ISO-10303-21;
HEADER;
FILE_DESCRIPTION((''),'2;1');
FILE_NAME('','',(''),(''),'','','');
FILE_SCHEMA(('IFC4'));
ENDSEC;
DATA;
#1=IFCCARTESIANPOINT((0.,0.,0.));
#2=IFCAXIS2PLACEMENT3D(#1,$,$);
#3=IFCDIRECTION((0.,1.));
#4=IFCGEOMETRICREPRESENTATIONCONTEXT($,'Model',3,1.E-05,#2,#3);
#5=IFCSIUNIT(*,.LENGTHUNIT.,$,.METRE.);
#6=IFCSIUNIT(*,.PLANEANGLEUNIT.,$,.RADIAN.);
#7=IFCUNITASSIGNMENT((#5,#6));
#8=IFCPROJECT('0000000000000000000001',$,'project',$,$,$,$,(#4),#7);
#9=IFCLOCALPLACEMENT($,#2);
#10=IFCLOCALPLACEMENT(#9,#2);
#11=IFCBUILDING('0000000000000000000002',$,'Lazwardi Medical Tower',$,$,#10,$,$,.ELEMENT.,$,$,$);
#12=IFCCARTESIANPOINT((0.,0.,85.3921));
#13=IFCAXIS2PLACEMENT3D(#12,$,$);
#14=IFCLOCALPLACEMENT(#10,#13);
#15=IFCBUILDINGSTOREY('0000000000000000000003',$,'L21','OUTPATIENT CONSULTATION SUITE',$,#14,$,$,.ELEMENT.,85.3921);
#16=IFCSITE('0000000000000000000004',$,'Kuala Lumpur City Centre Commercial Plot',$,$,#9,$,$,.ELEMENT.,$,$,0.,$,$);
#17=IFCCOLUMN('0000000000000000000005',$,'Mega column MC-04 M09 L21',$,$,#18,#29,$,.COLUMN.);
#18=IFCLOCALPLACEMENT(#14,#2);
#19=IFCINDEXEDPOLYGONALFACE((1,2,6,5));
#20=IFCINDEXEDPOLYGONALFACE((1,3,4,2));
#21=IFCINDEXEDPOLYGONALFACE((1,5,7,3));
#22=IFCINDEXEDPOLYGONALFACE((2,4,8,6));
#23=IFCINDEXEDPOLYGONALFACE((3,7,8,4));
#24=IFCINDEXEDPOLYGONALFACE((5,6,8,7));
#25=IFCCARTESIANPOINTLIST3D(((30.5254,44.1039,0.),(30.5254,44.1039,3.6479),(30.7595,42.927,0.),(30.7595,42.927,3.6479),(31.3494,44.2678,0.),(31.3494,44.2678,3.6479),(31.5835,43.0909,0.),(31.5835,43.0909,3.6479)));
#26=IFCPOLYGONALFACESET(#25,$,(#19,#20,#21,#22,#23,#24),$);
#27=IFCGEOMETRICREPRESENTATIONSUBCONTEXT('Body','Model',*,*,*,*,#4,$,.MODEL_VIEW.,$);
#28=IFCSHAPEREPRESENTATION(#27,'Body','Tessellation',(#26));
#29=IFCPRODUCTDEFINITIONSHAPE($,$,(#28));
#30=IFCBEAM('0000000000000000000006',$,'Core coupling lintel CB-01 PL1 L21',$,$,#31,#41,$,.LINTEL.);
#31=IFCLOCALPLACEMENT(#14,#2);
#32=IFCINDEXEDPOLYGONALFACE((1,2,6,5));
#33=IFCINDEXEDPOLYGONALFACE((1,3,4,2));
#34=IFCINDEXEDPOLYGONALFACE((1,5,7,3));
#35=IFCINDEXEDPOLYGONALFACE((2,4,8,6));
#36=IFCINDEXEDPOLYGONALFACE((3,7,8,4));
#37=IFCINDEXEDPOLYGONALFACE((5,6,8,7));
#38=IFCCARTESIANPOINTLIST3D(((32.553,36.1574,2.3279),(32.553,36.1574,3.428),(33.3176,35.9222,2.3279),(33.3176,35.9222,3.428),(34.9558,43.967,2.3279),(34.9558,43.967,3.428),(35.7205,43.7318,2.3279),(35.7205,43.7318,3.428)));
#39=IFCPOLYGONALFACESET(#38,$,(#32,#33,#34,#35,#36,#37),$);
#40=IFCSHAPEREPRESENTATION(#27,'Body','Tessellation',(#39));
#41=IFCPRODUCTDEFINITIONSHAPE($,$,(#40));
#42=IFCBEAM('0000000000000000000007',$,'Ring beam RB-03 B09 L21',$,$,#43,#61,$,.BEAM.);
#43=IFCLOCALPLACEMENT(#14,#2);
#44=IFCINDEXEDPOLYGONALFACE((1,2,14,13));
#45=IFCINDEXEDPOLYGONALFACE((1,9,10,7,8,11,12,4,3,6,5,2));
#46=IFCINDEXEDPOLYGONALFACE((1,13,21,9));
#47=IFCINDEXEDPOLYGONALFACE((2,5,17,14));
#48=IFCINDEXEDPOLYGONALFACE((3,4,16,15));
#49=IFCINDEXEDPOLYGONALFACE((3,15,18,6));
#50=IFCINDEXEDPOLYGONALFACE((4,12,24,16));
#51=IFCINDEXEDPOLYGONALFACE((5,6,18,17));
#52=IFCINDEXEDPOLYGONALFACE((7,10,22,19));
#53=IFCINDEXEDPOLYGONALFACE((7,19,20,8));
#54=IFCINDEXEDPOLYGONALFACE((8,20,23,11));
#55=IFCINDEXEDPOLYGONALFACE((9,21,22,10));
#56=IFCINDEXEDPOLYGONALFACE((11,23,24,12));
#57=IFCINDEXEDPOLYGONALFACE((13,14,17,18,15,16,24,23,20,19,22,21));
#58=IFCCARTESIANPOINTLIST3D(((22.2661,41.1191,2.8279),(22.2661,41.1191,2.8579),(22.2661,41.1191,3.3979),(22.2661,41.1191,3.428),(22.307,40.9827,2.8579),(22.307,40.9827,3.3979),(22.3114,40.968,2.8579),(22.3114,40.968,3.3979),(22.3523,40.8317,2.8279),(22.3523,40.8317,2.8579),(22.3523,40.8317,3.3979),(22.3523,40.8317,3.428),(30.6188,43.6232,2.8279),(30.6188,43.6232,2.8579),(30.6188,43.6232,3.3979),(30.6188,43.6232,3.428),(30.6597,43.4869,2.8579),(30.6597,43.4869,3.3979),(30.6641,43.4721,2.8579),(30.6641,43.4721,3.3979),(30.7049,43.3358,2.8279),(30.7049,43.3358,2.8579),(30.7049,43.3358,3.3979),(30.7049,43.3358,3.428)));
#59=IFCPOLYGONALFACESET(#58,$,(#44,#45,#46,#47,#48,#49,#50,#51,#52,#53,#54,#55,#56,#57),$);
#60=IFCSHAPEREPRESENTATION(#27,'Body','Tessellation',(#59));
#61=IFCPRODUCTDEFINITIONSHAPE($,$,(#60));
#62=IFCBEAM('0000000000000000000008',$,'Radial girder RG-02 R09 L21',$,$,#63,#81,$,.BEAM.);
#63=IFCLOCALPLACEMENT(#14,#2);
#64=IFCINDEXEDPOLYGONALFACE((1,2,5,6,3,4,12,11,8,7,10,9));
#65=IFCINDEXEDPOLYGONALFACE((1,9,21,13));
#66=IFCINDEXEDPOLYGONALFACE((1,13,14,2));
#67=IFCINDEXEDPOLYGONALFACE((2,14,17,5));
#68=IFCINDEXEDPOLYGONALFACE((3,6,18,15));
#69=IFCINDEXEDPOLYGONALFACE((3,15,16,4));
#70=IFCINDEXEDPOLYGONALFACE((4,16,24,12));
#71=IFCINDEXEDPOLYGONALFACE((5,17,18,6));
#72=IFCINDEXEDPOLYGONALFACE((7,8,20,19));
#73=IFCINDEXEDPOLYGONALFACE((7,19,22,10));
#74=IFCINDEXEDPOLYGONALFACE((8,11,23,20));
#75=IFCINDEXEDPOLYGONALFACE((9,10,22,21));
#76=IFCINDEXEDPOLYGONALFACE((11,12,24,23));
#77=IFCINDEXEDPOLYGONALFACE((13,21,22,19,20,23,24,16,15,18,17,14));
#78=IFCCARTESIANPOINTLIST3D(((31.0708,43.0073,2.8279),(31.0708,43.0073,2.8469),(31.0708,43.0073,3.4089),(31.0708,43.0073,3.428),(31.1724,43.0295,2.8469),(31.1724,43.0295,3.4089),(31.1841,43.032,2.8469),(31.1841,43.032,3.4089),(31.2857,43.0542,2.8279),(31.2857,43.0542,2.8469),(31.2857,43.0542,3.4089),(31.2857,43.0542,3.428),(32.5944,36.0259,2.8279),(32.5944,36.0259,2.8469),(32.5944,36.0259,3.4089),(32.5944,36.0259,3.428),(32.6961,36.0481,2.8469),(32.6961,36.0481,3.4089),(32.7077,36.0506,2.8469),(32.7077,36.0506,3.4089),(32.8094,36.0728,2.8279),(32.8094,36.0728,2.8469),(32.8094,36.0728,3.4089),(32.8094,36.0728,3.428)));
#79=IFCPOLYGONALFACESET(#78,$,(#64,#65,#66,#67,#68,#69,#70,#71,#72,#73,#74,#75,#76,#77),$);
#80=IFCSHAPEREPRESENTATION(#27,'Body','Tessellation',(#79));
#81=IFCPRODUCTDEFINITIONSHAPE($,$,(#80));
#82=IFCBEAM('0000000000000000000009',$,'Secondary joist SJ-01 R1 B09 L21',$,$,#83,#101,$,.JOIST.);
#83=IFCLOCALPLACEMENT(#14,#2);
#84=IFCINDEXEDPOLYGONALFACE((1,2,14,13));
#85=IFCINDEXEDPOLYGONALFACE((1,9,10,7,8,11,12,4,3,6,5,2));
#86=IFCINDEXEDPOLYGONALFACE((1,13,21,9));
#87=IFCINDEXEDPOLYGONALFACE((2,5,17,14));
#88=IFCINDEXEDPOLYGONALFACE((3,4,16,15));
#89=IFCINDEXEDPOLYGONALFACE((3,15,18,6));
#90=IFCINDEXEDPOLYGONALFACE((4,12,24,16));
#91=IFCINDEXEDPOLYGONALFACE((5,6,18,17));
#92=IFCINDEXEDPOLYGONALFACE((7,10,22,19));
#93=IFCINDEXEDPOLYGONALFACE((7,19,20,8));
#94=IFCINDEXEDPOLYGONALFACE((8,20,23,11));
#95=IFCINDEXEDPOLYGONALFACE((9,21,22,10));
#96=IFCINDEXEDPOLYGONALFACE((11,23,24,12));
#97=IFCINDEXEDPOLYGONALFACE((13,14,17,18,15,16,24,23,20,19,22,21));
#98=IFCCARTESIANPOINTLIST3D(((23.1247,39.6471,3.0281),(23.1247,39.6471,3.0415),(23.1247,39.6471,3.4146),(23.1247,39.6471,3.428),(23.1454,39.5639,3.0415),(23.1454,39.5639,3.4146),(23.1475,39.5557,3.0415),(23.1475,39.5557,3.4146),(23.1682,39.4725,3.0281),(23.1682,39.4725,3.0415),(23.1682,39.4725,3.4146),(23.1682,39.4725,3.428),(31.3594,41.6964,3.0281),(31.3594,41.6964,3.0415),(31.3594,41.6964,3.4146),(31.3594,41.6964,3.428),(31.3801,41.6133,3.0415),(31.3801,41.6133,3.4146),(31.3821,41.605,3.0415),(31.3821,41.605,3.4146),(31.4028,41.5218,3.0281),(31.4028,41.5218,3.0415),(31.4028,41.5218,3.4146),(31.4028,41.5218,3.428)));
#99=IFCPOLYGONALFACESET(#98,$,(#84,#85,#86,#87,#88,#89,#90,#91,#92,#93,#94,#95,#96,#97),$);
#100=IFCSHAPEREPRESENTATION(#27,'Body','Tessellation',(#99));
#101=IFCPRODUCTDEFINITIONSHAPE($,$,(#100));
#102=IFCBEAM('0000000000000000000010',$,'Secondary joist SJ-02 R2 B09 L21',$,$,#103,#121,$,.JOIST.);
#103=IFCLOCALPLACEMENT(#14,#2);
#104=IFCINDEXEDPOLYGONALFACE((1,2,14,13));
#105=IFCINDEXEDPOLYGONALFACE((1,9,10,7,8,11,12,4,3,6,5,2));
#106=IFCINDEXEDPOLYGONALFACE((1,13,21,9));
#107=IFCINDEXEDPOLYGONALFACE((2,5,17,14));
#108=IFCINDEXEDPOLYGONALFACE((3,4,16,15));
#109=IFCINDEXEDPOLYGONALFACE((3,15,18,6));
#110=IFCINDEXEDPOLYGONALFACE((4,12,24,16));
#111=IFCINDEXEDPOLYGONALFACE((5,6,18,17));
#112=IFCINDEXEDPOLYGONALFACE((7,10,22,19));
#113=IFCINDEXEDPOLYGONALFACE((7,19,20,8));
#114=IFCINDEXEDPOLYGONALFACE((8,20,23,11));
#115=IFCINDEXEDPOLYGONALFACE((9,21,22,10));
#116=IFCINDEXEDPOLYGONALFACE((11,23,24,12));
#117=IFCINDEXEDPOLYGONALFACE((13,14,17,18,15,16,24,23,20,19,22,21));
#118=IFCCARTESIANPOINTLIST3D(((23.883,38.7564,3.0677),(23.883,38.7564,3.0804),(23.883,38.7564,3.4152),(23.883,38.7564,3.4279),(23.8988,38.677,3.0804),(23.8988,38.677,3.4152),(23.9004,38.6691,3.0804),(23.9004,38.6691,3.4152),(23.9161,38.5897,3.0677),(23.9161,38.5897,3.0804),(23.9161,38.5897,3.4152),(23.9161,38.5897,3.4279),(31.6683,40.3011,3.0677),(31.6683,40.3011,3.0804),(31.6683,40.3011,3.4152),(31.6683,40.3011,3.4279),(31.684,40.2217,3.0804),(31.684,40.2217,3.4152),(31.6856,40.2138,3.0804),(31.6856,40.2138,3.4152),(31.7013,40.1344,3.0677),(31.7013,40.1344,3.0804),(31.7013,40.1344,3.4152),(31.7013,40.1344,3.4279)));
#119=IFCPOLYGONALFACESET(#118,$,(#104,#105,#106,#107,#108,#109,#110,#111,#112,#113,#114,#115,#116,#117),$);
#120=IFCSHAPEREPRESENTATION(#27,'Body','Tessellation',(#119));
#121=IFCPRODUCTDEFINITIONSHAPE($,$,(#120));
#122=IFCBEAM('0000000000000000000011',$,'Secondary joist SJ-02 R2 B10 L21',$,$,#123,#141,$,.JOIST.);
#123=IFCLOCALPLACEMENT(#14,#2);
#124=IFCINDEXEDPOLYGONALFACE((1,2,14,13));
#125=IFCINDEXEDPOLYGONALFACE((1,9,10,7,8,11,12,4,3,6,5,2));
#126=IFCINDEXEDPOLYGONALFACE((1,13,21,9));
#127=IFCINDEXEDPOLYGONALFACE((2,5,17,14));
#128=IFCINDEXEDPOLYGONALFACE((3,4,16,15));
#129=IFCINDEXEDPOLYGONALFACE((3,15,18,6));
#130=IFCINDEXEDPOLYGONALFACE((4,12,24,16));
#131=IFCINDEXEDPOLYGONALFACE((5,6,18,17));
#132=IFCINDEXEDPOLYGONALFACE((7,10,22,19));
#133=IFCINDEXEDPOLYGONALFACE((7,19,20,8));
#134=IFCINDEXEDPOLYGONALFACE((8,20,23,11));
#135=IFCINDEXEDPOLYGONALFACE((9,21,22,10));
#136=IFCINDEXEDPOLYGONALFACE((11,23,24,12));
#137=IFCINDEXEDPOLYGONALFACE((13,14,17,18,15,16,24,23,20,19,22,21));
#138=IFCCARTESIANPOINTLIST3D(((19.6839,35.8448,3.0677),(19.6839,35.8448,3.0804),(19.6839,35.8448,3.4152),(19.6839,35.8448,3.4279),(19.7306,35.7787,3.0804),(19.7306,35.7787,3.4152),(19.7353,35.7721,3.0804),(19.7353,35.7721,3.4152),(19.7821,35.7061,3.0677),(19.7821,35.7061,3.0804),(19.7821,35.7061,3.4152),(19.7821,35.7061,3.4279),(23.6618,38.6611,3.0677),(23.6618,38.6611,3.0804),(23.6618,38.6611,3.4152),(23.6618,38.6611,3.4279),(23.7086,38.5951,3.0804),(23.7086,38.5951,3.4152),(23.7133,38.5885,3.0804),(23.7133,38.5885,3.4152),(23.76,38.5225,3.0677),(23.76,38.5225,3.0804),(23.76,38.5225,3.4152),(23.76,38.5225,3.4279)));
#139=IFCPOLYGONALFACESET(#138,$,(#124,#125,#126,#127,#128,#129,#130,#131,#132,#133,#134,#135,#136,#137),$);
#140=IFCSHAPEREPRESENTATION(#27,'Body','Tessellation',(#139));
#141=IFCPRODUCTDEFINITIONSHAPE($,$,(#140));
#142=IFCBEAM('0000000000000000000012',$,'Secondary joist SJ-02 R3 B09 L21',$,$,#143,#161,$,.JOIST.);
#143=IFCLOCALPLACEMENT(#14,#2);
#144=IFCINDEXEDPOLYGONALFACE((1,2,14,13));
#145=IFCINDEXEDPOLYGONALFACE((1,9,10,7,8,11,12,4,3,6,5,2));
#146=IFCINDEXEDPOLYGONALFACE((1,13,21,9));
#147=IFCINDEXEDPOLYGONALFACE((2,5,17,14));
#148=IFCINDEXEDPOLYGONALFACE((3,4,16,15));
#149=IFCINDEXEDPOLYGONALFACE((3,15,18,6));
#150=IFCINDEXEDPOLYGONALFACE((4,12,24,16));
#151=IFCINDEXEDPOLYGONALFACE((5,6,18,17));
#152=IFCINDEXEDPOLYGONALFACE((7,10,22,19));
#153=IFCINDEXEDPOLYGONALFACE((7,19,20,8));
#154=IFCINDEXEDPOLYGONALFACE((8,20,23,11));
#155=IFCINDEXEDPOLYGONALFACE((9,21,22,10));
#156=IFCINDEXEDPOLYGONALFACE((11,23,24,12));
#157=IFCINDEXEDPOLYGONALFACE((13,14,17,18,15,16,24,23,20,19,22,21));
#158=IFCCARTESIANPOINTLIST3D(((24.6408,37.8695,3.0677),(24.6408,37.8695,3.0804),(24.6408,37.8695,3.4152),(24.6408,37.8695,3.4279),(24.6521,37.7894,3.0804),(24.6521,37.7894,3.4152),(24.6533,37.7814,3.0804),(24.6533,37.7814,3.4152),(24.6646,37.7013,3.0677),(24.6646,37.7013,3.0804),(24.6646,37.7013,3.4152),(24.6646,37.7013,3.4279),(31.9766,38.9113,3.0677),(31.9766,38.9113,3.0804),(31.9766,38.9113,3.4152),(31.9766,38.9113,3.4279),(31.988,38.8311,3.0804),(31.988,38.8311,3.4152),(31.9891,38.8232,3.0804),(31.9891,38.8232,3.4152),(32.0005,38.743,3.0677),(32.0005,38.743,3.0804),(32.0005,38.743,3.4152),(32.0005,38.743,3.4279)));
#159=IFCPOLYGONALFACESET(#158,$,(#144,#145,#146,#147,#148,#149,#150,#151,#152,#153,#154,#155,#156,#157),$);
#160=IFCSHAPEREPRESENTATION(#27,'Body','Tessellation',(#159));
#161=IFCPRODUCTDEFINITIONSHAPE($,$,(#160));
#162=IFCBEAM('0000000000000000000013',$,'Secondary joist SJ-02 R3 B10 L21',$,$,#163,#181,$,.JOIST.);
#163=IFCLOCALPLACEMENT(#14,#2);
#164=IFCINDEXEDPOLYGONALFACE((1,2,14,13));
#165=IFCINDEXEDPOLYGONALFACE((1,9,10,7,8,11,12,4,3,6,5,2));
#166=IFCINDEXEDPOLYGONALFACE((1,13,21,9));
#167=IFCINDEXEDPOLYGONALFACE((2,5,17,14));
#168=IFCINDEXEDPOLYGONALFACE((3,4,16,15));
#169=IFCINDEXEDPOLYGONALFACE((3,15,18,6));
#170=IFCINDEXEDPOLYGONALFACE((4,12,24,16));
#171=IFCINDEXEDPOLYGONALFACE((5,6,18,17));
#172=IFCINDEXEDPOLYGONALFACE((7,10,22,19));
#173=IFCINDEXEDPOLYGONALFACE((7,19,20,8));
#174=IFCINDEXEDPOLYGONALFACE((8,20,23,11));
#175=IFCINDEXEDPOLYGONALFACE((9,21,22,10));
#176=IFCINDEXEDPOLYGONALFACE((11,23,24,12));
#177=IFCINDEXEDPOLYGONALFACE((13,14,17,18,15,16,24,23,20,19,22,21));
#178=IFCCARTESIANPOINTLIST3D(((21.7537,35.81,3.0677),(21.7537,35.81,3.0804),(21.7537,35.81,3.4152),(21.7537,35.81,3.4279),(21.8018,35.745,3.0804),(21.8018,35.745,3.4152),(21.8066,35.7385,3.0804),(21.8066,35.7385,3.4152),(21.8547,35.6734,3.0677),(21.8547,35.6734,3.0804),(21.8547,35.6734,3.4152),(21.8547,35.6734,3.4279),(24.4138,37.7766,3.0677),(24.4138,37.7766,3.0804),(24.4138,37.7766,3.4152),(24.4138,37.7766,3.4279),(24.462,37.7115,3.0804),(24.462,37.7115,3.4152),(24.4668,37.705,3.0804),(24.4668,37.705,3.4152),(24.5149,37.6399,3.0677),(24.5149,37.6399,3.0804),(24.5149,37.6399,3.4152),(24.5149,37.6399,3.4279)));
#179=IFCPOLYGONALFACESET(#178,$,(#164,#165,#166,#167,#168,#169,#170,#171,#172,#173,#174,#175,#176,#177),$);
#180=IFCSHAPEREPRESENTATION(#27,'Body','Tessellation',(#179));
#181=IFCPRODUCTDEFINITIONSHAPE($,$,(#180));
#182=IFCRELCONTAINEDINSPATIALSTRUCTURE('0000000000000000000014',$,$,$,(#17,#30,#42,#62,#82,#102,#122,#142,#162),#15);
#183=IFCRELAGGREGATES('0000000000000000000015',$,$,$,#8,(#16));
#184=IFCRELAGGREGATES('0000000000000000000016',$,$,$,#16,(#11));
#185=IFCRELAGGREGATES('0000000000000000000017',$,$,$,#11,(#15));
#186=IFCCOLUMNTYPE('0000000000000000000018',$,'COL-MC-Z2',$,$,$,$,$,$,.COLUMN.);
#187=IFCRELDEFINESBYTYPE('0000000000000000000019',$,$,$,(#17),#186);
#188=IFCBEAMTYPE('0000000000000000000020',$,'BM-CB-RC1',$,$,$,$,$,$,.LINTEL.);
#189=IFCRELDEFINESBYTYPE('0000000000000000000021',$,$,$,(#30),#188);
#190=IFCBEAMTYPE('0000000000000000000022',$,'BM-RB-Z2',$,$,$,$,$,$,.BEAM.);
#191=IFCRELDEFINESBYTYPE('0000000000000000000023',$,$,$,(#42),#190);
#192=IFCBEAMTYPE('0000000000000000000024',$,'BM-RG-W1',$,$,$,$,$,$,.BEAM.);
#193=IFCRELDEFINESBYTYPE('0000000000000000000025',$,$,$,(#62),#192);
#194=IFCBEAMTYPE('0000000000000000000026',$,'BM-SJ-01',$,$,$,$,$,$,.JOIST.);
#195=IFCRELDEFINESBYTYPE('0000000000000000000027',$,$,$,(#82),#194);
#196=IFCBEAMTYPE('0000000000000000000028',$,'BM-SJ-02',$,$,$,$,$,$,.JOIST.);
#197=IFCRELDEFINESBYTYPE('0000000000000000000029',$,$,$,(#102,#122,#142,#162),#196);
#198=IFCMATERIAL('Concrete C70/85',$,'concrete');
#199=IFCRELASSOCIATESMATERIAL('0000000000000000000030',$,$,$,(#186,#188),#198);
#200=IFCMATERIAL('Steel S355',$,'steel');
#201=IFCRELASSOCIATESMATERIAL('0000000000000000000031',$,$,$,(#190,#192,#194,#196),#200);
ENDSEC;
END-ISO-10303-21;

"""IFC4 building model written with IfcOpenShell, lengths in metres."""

from ifc_helpers import new_model, si_unit, direction, frame, origin, origin_2d, place, context, subcontext, project, spatial, rectangle, i_section, extrude, material, material_profile, profile_set, type_object, element, save


model = new_model("IFC4")

# Units and contexts
model_context = context("Model", 3, precision=1e-05, world=origin(), true_north=direction((0.0, 1.0)))
body_context = subcontext(model_context, "Body", "Model", "MODEL_VIEW")
ifc_project = project(units=[si_unit("LENGTHUNIT", "METRE"), si_unit("PLANEANGLEUNIT", "RADIAN")], contexts=[model_context])

# Site, building, storey
site_placement = place(None, origin())
site = spatial("IfcSite", under=ifc_project, at=site_placement, Name="Kuala Lumpur City Centre Commercial Plot", CompositionType="ELEMENT", RefElevation=0.0)
building_placement = place(site_placement, origin())
building = spatial("IfcBuilding", under=site, at=building_placement, Name="Lazwardi Medical Tower", CompositionType="ELEMENT")
storey_placement = place(building_placement, frame((0.0, 0.0, 85.3921)))
storey = spatial("IfcBuildingStorey", under=building, at=storey_placement, Name="L21", Description="OUTPATIENT CONSULTATION SUITE", CompositionType="ELEMENT", Elevation=85.3921)

# Column
ifc_material_1 = material(Name="Concrete C70/85", Category="concrete")
ifc_material_profile_1 = material_profile(ifc_material_1, rectangle(XDim=1.2, YDim=0.8401, at=origin_2d()), Name="CFT-RECT 1200x840")
ifc_profile_set_1 = profile_set([ifc_material_profile_1], Name="Concrete C70/85")
column_type = type_object("IfcColumnType", Name="COL-MC-Z2", PredefinedType="COLUMN", material=ifc_profile_set_1)
column_placement = place(storey_placement, frame((31.0544, 43.5974, 0.0), z_axis=(0.0, 0.0, 1.0), x_axis=(-0.19509, 0.980785, 0.0)))
element("IfcColumn", 1, at=column_placement, inside=storey, type_object=column_type, Name="Mega column MC-04 M09 L21", PredefinedType="COLUMN", context=body_context, shape_type="SweptSolid", body=[
    extrude(rectangle(XDim=1.2, YDim=0.8401, at=origin_2d()), origin(), (0.0, 0.0, 1.0), 3.6479),
])

# Beams
ifc_material_profile_2 = material_profile(ifc_material_1, rectangle(XDim=0.8, YDim=1.1001, at=origin_2d()), Name="RC 800x1100")
ifc_profile_set_2 = profile_set([ifc_material_profile_2], Name="Concrete C70/85")
beam_type_1 = type_object("IfcBeamType", Name="BM-CB-RC1", PredefinedType="LINTEL", material=ifc_profile_set_2)
beam_1_placement = place(storey_placement, frame((32.9353, 36.0398, 2.8779), z_axis=(0.294073, 0.955783, 0.0), x_axis=(-0.955783, 0.294073, 0.0)))
element("IfcBeam", 2, at=beam_1_placement, inside=storey, type_object=beam_type_1, Name="Core coupling lintel CB-01 PL1 L21", PredefinedType="LINTEL", context=body_context, shape_type="SweptSolid", body=[
    extrude(rectangle(XDim=0.8, YDim=1.1001, at=origin_2d()), origin(), (0.0, 0.0, 1.0), 8.1709),
])
ifc_material_2 = material(Name="Steel S355", Category="steel")
ifc_material_profile_3 = material_profile(ifc_material_2, i_section(OverallWidth=0.3, OverallDepth=0.6001, WebThickness=0.0154, FlangeThickness=0.03, at=origin_2d()), Name="HEB 600")
ifc_profile_set_3 = profile_set([ifc_material_profile_3], Name="Steel S355")
beam_type_2 = type_object("IfcBeamType", Name="BM-RB-Z2", PredefinedType="BEAM", material=ifc_profile_set_3)
beam_2_placement = place(storey_placement, frame((30.6619, 43.4795, 3.1279), z_axis=(-0.957879, -0.287171, 0.0), x_axis=(0.287171, -0.957879, 0.0)))
element("IfcBeam", 3, at=beam_2_placement, inside=storey, type_object=beam_type_2, Name="Ring beam RB-03 B09 L21", PredefinedType="BEAM", context=body_context, shape_type="SweptSolid", body=[
    extrude(i_section(OverallWidth=0.3, OverallDepth=0.6001, WebThickness=0.0154, FlangeThickness=0.03, at=origin_2d()), origin(), (0.0, 0.0, 1.0), 8.72),
])
ifc_material_profile_4 = material_profile(ifc_material_2, i_section(OverallWidth=0.22, OverallDepth=0.6001, WebThickness=0.012, FlangeThickness=0.019, at=origin_2d()), Name="IPE 600")
ifc_profile_set_4 = profile_set([ifc_material_profile_4], Name="Steel S355")
beam_type_3 = type_object("IfcBeamType", Name="BM-RG-W1", PredefinedType="BEAM", material=ifc_profile_set_4)
beam_3_placement = place(storey_placement, frame((31.1782, 43.0308, 3.1279), z_axis=(0.213228, -0.977002, 0.0), x_axis=(0.977002, 0.213228, 0.0)))
element("IfcBeam", 4, at=beam_3_placement, inside=storey, type_object=beam_type_3, Name="Radial girder RG-02 R09 L21", PredefinedType="BEAM", context=body_context, shape_type="SweptSolid", body=[
    extrude(i_section(OverallWidth=0.22, OverallDepth=0.6001, WebThickness=0.012, FlangeThickness=0.019, at=origin_2d()), origin(), (0.0, 0.0, 1.0), 7.1458),
])
ifc_material_profile_5 = material_profile(ifc_material_2, i_section(OverallWidth=0.1799, OverallDepth=0.3999, WebThickness=0.0085, FlangeThickness=0.0134, at=origin_2d()), Name="IPE 400")
ifc_profile_set_5 = profile_set([ifc_material_profile_5], Name="Steel S355")
beam_type_4 = type_object("IfcBeamType", Name="BM-SJ-01", PredefinedType="JOIST", material=ifc_profile_set_5)
beam_4_placement = place(storey_placement, frame((31.3811, 41.6091, 3.228), z_axis=(-0.970401, -0.2415, 0.0), x_axis=(0.2415, -0.970401, 0.0)))
element("IfcBeam", 5, at=beam_4_placement, inside=storey, type_object=beam_type_4, Name="Secondary joist SJ-01 R1 B09 L21", PredefinedType="JOIST", context=body_context, shape_type="SweptSolid", body=[
    extrude(i_section(OverallWidth=0.1799, OverallDepth=0.3999, WebThickness=0.0085, FlangeThickness=0.0134, at=origin_2d()), origin(), (0.0, 0.0, 1.0), 8.4858),
])
ifc_material_profile_6 = material_profile(ifc_material_2, i_section(OverallWidth=0.1699, OverallDepth=0.3601, WebThickness=0.0081, FlangeThickness=0.0127, at=origin_2d()), Name="IPE 360")
ifc_profile_set_6 = profile_set([ifc_material_profile_6], Name="Steel S355")
beam_type_5 = type_object("IfcBeamType", Name="BM-SJ-02", PredefinedType="JOIST", material=ifc_profile_set_6)
beam_5_placement = place(storey_placement, frame((31.6848, 40.2178, 3.2478), z_axis=(-0.980879, -0.194619, 0.0), x_axis=(0.194619, -0.980879, 0.0)))
element("IfcBeam", 6, at=beam_5_placement, inside=storey, type_object=beam_type_5, Name="Secondary joist SJ-02 R2 B09 L21", PredefinedType="JOIST", context=body_context, shape_type="SweptSolid", body=[
    extrude(i_section(OverallWidth=0.1699, OverallDepth=0.3601, WebThickness=0.0081, FlangeThickness=0.0127, at=origin_2d()), origin(), (0.0, 0.0, 1.0), 7.937),
])
beam_6_placement = place(storey_placement, frame((23.7109, 38.5918, 3.2478), z_axis=(-0.816156, -0.577831, 0.0), x_axis=(0.577831, -0.816156, 0.0)))
element("IfcBeam", 7, at=beam_6_placement, inside=storey, type_object=beam_type_5, Name="Secondary joist SJ-02 R2 B10 L21", PredefinedType="JOIST", context=body_context, shape_type="SweptSolid", body=[
    extrude(i_section(OverallWidth=0.1699, OverallDepth=0.3601, WebThickness=0.0081, FlangeThickness=0.0127, at=origin_2d()), origin(), (0.0, 0.0, 1.0), 4.874),
])
beam_7_placement = place(storey_placement, frame((31.9885, 38.8271, 3.2478), z_axis=(-0.990067, -0.140596, 0.0), x_axis=(0.140596, -0.990067, 0.0)))
element("IfcBeam", 8, at=beam_7_placement, inside=storey, type_object=beam_type_5, Name="Secondary joist SJ-02 R3 B09 L21", PredefinedType="JOIST", context=body_context, shape_type="SweptSolid", body=[
    extrude(i_section(OverallWidth=0.1699, OverallDepth=0.3601, WebThickness=0.0081, FlangeThickness=0.0127, at=origin_2d()), origin(), (0.0, 0.0, 1.0), 7.4094),
])
beam_8_placement = place(storey_placement, frame((24.4644, 37.7083, 3.2478), z_axis=(-0.804126, -0.59446, 0.0), x_axis=(0.59446, -0.804126, 0.0)))
element("IfcBeam", 9, at=beam_8_placement, inside=storey, type_object=beam_type_5, Name="Secondary joist SJ-02 R3 B10 L21", PredefinedType="JOIST", context=body_context, shape_type="SweptSolid", body=[
    extrude(i_section(OverallWidth=0.1699, OverallDepth=0.3601, WebThickness=0.0081, FlangeThickness=0.0127, at=origin_2d()), origin(), (0.0, 0.0, 1.0), 3.3081),
])

save(model, "model.ifc")
